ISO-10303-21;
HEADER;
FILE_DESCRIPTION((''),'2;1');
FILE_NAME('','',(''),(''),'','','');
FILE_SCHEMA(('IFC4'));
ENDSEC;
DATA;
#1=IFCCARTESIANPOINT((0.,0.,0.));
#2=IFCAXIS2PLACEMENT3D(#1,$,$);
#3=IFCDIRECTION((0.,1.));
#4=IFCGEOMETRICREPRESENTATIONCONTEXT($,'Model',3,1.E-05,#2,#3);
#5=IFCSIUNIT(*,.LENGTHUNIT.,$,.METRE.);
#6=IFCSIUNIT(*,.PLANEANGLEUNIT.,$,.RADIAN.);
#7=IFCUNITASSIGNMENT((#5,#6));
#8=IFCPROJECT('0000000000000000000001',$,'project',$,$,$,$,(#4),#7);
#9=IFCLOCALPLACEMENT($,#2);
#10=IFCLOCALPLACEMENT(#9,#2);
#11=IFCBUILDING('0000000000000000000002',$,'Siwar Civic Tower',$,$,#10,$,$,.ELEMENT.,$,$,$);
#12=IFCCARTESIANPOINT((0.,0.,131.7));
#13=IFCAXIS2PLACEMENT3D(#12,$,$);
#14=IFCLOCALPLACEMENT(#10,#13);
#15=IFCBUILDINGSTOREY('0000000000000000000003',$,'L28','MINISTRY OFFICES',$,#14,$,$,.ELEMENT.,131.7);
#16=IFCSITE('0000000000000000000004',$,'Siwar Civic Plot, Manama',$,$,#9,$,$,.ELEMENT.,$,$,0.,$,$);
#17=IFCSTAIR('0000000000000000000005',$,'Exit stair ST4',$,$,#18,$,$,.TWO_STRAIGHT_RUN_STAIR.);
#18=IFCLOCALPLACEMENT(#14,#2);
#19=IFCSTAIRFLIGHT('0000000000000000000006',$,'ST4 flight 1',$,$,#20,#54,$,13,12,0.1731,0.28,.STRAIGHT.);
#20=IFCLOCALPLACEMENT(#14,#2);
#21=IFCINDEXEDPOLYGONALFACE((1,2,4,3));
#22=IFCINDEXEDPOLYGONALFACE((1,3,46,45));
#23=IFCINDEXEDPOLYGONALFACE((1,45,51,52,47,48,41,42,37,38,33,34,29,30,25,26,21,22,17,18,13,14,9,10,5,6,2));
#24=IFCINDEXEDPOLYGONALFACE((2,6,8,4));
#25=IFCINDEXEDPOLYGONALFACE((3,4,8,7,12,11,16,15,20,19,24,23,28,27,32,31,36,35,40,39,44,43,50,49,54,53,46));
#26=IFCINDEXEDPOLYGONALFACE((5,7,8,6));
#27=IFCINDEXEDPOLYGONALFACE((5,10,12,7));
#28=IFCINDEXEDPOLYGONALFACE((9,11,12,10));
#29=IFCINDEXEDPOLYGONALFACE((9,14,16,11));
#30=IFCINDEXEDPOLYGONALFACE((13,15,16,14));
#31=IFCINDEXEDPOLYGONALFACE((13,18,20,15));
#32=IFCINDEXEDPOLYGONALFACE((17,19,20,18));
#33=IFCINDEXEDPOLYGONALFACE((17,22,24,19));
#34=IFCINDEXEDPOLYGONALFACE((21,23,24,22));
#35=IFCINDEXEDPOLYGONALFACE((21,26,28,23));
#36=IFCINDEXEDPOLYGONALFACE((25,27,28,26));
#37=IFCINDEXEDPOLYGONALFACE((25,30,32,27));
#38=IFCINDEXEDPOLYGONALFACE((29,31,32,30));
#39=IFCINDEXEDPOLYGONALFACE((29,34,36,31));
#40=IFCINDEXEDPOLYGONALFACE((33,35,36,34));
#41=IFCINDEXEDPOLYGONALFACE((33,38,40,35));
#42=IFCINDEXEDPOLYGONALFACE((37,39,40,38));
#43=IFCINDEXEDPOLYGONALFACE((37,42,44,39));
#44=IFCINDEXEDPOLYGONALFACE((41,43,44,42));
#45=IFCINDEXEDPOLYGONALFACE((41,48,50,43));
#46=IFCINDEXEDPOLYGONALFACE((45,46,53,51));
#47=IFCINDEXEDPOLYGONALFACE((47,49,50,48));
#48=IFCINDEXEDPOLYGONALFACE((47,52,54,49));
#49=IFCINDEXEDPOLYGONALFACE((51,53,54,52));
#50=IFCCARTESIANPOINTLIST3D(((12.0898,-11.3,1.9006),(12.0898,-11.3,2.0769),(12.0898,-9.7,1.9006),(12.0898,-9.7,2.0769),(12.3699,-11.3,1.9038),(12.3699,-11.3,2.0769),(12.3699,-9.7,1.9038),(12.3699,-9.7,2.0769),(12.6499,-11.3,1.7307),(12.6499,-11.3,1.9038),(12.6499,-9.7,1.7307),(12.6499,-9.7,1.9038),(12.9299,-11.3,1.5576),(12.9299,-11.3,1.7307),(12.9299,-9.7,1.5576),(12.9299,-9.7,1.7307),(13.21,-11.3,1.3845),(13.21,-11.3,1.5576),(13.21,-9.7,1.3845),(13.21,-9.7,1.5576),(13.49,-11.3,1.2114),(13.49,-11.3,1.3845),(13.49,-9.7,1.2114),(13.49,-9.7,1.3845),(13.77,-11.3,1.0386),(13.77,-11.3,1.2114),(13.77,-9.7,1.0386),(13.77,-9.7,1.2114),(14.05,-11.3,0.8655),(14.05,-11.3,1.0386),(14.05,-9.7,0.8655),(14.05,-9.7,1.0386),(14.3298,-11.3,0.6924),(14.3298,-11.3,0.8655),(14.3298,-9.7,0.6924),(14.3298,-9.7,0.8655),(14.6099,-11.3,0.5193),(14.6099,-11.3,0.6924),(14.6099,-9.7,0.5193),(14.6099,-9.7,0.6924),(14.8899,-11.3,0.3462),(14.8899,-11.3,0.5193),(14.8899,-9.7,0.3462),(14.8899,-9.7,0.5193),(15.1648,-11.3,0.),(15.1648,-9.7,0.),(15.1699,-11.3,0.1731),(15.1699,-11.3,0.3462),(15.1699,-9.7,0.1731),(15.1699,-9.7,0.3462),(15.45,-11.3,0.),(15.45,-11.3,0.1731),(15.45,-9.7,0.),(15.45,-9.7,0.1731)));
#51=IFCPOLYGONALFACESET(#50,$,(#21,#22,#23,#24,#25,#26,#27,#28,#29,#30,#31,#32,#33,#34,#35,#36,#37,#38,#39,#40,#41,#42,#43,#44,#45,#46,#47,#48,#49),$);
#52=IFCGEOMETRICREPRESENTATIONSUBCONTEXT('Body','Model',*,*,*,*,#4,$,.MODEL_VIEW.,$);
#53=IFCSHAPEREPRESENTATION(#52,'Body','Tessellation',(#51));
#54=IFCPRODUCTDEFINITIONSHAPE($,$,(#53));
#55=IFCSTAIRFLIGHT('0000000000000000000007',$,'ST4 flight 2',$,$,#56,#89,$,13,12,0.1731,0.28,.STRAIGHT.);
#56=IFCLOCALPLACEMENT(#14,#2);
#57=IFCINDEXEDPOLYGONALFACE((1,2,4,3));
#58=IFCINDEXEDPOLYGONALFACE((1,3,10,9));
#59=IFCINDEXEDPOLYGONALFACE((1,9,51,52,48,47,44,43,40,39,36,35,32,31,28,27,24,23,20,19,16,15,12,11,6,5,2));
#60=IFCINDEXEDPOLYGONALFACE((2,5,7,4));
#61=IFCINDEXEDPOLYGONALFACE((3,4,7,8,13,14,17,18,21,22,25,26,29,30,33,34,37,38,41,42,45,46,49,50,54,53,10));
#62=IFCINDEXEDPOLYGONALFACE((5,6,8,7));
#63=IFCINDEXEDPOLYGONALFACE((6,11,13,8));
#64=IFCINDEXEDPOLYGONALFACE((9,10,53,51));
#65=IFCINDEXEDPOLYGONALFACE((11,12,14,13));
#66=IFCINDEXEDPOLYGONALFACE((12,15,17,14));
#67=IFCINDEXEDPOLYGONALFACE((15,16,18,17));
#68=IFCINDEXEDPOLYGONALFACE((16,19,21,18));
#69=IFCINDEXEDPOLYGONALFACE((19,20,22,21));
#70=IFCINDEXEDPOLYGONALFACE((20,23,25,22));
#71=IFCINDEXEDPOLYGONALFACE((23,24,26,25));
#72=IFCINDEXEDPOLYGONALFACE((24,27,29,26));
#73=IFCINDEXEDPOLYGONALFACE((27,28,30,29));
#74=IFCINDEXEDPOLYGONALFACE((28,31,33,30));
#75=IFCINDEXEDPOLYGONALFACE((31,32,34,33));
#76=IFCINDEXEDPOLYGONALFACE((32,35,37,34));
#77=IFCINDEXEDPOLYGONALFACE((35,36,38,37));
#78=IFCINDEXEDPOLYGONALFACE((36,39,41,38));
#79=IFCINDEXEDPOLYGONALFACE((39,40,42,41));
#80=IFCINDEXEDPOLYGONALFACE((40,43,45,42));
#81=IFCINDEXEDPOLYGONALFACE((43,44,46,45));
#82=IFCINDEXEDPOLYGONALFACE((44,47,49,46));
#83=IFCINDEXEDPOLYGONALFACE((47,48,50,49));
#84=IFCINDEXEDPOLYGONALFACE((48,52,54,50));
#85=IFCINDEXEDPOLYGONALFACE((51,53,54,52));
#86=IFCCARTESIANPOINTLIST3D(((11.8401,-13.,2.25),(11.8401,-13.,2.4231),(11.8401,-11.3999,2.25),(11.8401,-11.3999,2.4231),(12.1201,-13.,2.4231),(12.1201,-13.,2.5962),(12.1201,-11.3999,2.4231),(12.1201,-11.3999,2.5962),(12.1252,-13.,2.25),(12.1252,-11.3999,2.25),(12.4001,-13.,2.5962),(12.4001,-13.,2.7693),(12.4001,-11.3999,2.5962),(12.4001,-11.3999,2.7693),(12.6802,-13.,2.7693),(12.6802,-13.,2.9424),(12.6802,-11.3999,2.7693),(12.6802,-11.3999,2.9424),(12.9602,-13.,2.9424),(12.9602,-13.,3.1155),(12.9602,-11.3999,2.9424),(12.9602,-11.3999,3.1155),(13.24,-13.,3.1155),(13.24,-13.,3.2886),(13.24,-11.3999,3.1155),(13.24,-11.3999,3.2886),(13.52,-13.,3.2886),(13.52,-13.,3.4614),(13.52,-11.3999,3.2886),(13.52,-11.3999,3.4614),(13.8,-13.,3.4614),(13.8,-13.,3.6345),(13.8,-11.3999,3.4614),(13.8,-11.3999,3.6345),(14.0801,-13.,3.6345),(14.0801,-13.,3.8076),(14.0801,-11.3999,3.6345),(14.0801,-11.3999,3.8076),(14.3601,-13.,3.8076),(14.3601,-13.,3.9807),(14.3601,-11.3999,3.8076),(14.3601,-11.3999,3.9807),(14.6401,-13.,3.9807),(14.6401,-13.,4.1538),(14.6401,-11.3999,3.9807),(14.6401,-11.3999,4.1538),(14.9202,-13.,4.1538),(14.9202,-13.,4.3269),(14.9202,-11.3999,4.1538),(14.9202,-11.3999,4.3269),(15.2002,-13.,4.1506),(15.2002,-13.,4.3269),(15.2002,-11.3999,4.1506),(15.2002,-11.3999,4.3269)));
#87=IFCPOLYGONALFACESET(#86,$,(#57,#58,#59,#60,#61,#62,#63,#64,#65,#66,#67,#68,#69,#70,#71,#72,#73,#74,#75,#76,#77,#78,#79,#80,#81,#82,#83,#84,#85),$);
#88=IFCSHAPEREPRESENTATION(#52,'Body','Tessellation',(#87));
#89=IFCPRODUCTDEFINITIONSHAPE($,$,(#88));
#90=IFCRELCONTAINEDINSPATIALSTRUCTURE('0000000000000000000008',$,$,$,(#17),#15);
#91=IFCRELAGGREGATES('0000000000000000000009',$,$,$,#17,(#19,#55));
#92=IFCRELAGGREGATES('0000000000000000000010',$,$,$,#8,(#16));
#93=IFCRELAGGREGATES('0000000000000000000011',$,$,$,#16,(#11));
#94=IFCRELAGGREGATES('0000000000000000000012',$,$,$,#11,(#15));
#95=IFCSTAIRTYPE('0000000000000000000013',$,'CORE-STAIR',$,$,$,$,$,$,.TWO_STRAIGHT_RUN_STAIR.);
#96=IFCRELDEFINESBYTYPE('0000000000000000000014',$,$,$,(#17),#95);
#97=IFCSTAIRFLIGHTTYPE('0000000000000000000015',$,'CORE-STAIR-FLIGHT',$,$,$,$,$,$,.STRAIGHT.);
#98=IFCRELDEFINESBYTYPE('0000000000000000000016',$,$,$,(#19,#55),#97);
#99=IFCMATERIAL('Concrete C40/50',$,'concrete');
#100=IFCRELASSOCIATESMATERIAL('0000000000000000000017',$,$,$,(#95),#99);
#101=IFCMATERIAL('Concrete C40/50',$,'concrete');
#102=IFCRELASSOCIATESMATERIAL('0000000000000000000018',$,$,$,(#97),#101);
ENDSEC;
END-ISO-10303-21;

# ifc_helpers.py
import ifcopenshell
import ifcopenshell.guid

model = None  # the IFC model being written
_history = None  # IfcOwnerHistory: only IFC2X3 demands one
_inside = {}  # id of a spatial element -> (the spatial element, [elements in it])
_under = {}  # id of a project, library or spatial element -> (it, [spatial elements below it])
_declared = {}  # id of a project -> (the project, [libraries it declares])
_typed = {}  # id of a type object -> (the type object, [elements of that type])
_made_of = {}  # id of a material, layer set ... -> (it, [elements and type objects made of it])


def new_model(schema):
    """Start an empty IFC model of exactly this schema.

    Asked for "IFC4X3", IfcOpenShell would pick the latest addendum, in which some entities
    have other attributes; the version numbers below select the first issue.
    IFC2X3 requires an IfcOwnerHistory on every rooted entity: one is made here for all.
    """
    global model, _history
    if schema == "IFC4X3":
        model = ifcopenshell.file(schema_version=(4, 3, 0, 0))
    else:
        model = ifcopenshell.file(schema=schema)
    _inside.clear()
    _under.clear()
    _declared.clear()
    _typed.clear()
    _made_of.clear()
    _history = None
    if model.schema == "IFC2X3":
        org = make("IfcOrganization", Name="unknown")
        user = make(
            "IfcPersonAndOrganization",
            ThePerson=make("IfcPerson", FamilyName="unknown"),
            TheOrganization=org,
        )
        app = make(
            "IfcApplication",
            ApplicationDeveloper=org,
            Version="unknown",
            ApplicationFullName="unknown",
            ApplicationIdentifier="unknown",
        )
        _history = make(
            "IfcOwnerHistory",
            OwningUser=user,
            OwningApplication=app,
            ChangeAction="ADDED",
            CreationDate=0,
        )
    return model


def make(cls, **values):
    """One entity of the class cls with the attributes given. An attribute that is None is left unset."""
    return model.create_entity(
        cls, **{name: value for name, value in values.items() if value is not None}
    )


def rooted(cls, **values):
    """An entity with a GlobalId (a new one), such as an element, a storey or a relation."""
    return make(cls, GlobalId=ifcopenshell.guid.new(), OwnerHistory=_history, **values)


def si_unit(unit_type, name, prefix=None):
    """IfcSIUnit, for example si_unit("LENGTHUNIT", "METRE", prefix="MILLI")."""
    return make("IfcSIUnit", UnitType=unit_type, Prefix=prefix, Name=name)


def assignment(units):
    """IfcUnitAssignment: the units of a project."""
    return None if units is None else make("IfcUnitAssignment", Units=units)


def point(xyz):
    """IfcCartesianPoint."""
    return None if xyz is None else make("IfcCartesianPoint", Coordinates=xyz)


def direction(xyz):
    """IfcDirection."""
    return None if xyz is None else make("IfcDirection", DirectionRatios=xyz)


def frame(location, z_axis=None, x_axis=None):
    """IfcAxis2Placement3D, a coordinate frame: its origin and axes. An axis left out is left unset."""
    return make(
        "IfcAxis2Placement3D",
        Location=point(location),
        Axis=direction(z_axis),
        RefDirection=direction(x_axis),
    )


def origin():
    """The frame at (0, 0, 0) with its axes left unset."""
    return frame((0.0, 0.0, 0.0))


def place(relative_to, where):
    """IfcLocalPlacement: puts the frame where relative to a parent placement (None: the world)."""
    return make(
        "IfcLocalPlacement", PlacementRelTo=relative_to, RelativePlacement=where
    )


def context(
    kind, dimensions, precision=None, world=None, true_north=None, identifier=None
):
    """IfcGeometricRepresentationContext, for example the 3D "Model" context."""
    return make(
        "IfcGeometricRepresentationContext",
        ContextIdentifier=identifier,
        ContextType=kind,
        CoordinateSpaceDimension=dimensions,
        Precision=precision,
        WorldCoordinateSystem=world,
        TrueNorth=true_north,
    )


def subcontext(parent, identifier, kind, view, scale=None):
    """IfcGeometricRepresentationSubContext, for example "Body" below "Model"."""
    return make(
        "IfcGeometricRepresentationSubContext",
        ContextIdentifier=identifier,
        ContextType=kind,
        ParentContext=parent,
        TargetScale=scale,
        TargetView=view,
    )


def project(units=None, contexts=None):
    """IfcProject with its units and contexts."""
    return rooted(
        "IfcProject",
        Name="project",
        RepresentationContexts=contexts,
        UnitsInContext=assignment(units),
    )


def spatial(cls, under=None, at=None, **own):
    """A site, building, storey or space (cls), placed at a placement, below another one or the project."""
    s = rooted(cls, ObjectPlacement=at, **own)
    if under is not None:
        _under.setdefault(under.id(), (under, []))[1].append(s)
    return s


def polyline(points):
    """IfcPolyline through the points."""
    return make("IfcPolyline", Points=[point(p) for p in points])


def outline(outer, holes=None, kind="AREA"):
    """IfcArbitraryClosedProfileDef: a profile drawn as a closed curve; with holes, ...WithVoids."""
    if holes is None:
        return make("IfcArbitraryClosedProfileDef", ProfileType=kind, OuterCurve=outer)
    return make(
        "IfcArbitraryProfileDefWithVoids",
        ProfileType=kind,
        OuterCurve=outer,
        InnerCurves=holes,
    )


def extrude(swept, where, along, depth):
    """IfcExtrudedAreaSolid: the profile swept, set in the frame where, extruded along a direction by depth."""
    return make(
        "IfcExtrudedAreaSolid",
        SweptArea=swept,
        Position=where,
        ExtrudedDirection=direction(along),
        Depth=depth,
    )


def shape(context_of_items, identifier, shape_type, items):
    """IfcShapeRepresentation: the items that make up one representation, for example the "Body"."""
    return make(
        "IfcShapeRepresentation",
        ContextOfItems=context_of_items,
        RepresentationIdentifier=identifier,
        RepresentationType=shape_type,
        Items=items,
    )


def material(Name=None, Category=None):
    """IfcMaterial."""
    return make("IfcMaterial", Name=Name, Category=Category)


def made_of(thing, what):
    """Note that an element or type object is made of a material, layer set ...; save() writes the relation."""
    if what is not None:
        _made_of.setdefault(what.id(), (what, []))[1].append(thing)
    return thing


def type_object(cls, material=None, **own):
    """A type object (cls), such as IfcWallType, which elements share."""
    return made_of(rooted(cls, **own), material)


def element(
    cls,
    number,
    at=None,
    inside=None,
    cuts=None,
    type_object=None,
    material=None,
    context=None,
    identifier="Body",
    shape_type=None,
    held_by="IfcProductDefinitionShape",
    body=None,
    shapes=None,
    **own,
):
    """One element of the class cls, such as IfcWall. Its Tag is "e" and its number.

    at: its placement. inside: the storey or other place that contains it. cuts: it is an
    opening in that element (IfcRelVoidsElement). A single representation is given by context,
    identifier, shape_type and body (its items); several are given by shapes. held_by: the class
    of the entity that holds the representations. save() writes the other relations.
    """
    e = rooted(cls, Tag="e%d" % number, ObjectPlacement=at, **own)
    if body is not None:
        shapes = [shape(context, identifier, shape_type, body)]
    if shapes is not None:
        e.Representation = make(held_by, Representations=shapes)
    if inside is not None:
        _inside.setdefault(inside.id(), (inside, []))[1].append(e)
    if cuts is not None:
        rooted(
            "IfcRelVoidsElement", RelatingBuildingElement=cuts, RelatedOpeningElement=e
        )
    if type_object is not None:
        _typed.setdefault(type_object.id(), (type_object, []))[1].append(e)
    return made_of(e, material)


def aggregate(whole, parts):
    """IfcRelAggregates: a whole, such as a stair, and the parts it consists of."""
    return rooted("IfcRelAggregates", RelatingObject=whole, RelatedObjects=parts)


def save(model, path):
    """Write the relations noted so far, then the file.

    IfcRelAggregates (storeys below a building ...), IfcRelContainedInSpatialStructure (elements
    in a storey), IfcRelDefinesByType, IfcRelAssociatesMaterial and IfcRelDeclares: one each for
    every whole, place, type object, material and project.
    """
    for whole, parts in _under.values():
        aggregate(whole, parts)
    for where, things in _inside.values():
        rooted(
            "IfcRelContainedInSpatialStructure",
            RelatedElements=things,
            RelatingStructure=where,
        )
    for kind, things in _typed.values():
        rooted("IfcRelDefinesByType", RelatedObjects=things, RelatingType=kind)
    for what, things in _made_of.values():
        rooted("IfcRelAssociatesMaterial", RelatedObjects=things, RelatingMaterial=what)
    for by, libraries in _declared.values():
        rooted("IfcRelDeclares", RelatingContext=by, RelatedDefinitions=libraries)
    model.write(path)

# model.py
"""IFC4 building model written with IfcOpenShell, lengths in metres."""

from ifc_helpers import new_model, si_unit, direction, frame, origin, place, context, subcontext, project, spatial, polyline, outline, extrude, material, type_object, element, aggregate, save


model = new_model("IFC4")

# Units and contexts
model_context = context("Model", 3, precision=1e-05, world=origin(), true_north=direction((0.0, 1.0)))
body_context = subcontext(model_context, "Body", "Model", "MODEL_VIEW")
ifc_project = project(units=[si_unit("LENGTHUNIT", "METRE"), si_unit("PLANEANGLEUNIT", "RADIAN")], contexts=[model_context])

# Site, building, storey
site_placement = place(None, origin())
site = spatial("IfcSite", under=ifc_project, at=site_placement, Name="Siwar Civic Plot, Manama", CompositionType="ELEMENT", RefElevation=0.0)
building_placement = place(site_placement, origin())
building = spatial("IfcBuilding", under=site, at=building_placement, Name="Siwar Civic Tower", CompositionType="ELEMENT")
storey_placement = place(building_placement, frame((0.0, 0.0, 131.7)))
storey = spatial("IfcBuildingStorey", under=building, at=storey_placement, Name="L28", Description="MINISTRY OFFICES", CompositionType="ELEMENT", Elevation=131.7)

# Stair, stair flights
ifc_material_1 = material(Name="Concrete C40/50", Category="concrete")
stair_type = type_object("IfcStairType", Name="CORE-STAIR", PredefinedType="TWO_STRAIGHT_RUN_STAIR", material=ifc_material_1)
stair_placement = place(storey_placement, origin())
stair = element("IfcStair", 1, at=stair_placement, inside=storey, type_object=stair_type, Name="Exit stair ST4", PredefinedType="TWO_STRAIGHT_RUN_STAIR")
ifc_material_2 = material(Name="Concrete C40/50", Category="concrete")
stair_flight_type = type_object("IfcStairFlightType", Name="CORE-STAIR-FLIGHT", PredefinedType="STRAIGHT", material=ifc_material_2)
stair_flight_1_placement = place(storey_placement, frame((15.45, -10.5, 0.0), z_axis=(0.0, 0.0, 1.0), x_axis=(-1.0, 0.0, 0.0)))
stair_flight_1 = element("IfcStairFlight", 2, at=stair_flight_1_placement, type_object=stair_flight_type, Name="ST4 flight 1", NumberOfRisers=13, NumberOfTreads=12, PredefinedType="STRAIGHT", RiserHeight=0.1731, TreadLength=0.28, context=body_context, shape_type="SweptSolid", body=[
    extrude(outline(polyline([(0.0, 0.0), (0.0, 0.1731), (0.28, 0.1731), (0.28, 0.3462), (0.5601, 0.3462), (0.5601, 0.5193), (0.8401, 0.5193), (0.8401, 0.6924), (1.1201, 0.6924), (1.1201, 0.8655), (1.3999, 0.8655), (1.3999, 1.0386), (1.6799, 1.0386), (1.6799, 1.2114), (1.96, 1.2114), (1.96, 1.3845), (2.24, 1.3845), (2.24, 1.5576), (2.52, 1.5576), (2.52, 1.7307), (2.8, 1.7307), (2.8, 1.9038), (3.0801, 1.9038), (3.0801, 2.0769), (3.3601, 2.0769), (3.3601, 2.25), (3.3601, 1.9006), (0.2852, 0.0), (0.0, 0.0)])), frame((0.0, 0.8, 0.0), z_axis=(0.0, -1.0, 0.0), x_axis=(1.0, 0.0, 0.0)), (0.0, 0.0, 1.0), 1.6001),
])
stair_flight_2_placement = place(storey_placement, frame((11.8401, -12.2, 2.25), z_axis=(0.0, 0.0, 1.0), x_axis=(1.0, 0.0, 0.0)))
stair_flight_2 = element("IfcStairFlight", 3, at=stair_flight_2_placement, type_object=stair_flight_type, Name="ST4 flight 2", NumberOfRisers=13, NumberOfTreads=12, PredefinedType="STRAIGHT", RiserHeight=0.1731, TreadLength=0.28, context=body_context, shape_type="SweptSolid", body=[
    extrude(outline(polyline([(0.0, 0.0), (0.0, 0.1731), (0.28, 0.1731), (0.28, 0.3462), (0.5601, 0.3462), (0.5601, 0.5193), (0.8401, 0.5193), (0.8401, 0.6924), (1.1201, 0.6924), (1.1201, 0.8655), (1.3999, 0.8655), (1.3999, 1.0386), (1.6799, 1.0386), (1.6799, 1.2114), (1.96, 1.2114), (1.96, 1.3845), (2.24, 1.3845), (2.24, 1.5576), (2.52, 1.5576), (2.52, 1.7307), (2.8, 1.7307), (2.8, 1.9038), (3.0801, 1.9038), (3.0801, 2.0769), (3.3601, 2.0769), (3.3601, 2.25), (3.3601, 1.9006), (0.2852, 0.0), (0.0, 0.0)])), frame((0.0, 0.8, 0.0), z_axis=(0.0, -1.0, 0.0), x_axis=(1.0, 0.0, 0.0)), (0.0, 0.0, 1.0), 1.6001),
])
aggregate(stair, [stair_flight_1, stair_flight_2])

save(model, "model.ifc")
